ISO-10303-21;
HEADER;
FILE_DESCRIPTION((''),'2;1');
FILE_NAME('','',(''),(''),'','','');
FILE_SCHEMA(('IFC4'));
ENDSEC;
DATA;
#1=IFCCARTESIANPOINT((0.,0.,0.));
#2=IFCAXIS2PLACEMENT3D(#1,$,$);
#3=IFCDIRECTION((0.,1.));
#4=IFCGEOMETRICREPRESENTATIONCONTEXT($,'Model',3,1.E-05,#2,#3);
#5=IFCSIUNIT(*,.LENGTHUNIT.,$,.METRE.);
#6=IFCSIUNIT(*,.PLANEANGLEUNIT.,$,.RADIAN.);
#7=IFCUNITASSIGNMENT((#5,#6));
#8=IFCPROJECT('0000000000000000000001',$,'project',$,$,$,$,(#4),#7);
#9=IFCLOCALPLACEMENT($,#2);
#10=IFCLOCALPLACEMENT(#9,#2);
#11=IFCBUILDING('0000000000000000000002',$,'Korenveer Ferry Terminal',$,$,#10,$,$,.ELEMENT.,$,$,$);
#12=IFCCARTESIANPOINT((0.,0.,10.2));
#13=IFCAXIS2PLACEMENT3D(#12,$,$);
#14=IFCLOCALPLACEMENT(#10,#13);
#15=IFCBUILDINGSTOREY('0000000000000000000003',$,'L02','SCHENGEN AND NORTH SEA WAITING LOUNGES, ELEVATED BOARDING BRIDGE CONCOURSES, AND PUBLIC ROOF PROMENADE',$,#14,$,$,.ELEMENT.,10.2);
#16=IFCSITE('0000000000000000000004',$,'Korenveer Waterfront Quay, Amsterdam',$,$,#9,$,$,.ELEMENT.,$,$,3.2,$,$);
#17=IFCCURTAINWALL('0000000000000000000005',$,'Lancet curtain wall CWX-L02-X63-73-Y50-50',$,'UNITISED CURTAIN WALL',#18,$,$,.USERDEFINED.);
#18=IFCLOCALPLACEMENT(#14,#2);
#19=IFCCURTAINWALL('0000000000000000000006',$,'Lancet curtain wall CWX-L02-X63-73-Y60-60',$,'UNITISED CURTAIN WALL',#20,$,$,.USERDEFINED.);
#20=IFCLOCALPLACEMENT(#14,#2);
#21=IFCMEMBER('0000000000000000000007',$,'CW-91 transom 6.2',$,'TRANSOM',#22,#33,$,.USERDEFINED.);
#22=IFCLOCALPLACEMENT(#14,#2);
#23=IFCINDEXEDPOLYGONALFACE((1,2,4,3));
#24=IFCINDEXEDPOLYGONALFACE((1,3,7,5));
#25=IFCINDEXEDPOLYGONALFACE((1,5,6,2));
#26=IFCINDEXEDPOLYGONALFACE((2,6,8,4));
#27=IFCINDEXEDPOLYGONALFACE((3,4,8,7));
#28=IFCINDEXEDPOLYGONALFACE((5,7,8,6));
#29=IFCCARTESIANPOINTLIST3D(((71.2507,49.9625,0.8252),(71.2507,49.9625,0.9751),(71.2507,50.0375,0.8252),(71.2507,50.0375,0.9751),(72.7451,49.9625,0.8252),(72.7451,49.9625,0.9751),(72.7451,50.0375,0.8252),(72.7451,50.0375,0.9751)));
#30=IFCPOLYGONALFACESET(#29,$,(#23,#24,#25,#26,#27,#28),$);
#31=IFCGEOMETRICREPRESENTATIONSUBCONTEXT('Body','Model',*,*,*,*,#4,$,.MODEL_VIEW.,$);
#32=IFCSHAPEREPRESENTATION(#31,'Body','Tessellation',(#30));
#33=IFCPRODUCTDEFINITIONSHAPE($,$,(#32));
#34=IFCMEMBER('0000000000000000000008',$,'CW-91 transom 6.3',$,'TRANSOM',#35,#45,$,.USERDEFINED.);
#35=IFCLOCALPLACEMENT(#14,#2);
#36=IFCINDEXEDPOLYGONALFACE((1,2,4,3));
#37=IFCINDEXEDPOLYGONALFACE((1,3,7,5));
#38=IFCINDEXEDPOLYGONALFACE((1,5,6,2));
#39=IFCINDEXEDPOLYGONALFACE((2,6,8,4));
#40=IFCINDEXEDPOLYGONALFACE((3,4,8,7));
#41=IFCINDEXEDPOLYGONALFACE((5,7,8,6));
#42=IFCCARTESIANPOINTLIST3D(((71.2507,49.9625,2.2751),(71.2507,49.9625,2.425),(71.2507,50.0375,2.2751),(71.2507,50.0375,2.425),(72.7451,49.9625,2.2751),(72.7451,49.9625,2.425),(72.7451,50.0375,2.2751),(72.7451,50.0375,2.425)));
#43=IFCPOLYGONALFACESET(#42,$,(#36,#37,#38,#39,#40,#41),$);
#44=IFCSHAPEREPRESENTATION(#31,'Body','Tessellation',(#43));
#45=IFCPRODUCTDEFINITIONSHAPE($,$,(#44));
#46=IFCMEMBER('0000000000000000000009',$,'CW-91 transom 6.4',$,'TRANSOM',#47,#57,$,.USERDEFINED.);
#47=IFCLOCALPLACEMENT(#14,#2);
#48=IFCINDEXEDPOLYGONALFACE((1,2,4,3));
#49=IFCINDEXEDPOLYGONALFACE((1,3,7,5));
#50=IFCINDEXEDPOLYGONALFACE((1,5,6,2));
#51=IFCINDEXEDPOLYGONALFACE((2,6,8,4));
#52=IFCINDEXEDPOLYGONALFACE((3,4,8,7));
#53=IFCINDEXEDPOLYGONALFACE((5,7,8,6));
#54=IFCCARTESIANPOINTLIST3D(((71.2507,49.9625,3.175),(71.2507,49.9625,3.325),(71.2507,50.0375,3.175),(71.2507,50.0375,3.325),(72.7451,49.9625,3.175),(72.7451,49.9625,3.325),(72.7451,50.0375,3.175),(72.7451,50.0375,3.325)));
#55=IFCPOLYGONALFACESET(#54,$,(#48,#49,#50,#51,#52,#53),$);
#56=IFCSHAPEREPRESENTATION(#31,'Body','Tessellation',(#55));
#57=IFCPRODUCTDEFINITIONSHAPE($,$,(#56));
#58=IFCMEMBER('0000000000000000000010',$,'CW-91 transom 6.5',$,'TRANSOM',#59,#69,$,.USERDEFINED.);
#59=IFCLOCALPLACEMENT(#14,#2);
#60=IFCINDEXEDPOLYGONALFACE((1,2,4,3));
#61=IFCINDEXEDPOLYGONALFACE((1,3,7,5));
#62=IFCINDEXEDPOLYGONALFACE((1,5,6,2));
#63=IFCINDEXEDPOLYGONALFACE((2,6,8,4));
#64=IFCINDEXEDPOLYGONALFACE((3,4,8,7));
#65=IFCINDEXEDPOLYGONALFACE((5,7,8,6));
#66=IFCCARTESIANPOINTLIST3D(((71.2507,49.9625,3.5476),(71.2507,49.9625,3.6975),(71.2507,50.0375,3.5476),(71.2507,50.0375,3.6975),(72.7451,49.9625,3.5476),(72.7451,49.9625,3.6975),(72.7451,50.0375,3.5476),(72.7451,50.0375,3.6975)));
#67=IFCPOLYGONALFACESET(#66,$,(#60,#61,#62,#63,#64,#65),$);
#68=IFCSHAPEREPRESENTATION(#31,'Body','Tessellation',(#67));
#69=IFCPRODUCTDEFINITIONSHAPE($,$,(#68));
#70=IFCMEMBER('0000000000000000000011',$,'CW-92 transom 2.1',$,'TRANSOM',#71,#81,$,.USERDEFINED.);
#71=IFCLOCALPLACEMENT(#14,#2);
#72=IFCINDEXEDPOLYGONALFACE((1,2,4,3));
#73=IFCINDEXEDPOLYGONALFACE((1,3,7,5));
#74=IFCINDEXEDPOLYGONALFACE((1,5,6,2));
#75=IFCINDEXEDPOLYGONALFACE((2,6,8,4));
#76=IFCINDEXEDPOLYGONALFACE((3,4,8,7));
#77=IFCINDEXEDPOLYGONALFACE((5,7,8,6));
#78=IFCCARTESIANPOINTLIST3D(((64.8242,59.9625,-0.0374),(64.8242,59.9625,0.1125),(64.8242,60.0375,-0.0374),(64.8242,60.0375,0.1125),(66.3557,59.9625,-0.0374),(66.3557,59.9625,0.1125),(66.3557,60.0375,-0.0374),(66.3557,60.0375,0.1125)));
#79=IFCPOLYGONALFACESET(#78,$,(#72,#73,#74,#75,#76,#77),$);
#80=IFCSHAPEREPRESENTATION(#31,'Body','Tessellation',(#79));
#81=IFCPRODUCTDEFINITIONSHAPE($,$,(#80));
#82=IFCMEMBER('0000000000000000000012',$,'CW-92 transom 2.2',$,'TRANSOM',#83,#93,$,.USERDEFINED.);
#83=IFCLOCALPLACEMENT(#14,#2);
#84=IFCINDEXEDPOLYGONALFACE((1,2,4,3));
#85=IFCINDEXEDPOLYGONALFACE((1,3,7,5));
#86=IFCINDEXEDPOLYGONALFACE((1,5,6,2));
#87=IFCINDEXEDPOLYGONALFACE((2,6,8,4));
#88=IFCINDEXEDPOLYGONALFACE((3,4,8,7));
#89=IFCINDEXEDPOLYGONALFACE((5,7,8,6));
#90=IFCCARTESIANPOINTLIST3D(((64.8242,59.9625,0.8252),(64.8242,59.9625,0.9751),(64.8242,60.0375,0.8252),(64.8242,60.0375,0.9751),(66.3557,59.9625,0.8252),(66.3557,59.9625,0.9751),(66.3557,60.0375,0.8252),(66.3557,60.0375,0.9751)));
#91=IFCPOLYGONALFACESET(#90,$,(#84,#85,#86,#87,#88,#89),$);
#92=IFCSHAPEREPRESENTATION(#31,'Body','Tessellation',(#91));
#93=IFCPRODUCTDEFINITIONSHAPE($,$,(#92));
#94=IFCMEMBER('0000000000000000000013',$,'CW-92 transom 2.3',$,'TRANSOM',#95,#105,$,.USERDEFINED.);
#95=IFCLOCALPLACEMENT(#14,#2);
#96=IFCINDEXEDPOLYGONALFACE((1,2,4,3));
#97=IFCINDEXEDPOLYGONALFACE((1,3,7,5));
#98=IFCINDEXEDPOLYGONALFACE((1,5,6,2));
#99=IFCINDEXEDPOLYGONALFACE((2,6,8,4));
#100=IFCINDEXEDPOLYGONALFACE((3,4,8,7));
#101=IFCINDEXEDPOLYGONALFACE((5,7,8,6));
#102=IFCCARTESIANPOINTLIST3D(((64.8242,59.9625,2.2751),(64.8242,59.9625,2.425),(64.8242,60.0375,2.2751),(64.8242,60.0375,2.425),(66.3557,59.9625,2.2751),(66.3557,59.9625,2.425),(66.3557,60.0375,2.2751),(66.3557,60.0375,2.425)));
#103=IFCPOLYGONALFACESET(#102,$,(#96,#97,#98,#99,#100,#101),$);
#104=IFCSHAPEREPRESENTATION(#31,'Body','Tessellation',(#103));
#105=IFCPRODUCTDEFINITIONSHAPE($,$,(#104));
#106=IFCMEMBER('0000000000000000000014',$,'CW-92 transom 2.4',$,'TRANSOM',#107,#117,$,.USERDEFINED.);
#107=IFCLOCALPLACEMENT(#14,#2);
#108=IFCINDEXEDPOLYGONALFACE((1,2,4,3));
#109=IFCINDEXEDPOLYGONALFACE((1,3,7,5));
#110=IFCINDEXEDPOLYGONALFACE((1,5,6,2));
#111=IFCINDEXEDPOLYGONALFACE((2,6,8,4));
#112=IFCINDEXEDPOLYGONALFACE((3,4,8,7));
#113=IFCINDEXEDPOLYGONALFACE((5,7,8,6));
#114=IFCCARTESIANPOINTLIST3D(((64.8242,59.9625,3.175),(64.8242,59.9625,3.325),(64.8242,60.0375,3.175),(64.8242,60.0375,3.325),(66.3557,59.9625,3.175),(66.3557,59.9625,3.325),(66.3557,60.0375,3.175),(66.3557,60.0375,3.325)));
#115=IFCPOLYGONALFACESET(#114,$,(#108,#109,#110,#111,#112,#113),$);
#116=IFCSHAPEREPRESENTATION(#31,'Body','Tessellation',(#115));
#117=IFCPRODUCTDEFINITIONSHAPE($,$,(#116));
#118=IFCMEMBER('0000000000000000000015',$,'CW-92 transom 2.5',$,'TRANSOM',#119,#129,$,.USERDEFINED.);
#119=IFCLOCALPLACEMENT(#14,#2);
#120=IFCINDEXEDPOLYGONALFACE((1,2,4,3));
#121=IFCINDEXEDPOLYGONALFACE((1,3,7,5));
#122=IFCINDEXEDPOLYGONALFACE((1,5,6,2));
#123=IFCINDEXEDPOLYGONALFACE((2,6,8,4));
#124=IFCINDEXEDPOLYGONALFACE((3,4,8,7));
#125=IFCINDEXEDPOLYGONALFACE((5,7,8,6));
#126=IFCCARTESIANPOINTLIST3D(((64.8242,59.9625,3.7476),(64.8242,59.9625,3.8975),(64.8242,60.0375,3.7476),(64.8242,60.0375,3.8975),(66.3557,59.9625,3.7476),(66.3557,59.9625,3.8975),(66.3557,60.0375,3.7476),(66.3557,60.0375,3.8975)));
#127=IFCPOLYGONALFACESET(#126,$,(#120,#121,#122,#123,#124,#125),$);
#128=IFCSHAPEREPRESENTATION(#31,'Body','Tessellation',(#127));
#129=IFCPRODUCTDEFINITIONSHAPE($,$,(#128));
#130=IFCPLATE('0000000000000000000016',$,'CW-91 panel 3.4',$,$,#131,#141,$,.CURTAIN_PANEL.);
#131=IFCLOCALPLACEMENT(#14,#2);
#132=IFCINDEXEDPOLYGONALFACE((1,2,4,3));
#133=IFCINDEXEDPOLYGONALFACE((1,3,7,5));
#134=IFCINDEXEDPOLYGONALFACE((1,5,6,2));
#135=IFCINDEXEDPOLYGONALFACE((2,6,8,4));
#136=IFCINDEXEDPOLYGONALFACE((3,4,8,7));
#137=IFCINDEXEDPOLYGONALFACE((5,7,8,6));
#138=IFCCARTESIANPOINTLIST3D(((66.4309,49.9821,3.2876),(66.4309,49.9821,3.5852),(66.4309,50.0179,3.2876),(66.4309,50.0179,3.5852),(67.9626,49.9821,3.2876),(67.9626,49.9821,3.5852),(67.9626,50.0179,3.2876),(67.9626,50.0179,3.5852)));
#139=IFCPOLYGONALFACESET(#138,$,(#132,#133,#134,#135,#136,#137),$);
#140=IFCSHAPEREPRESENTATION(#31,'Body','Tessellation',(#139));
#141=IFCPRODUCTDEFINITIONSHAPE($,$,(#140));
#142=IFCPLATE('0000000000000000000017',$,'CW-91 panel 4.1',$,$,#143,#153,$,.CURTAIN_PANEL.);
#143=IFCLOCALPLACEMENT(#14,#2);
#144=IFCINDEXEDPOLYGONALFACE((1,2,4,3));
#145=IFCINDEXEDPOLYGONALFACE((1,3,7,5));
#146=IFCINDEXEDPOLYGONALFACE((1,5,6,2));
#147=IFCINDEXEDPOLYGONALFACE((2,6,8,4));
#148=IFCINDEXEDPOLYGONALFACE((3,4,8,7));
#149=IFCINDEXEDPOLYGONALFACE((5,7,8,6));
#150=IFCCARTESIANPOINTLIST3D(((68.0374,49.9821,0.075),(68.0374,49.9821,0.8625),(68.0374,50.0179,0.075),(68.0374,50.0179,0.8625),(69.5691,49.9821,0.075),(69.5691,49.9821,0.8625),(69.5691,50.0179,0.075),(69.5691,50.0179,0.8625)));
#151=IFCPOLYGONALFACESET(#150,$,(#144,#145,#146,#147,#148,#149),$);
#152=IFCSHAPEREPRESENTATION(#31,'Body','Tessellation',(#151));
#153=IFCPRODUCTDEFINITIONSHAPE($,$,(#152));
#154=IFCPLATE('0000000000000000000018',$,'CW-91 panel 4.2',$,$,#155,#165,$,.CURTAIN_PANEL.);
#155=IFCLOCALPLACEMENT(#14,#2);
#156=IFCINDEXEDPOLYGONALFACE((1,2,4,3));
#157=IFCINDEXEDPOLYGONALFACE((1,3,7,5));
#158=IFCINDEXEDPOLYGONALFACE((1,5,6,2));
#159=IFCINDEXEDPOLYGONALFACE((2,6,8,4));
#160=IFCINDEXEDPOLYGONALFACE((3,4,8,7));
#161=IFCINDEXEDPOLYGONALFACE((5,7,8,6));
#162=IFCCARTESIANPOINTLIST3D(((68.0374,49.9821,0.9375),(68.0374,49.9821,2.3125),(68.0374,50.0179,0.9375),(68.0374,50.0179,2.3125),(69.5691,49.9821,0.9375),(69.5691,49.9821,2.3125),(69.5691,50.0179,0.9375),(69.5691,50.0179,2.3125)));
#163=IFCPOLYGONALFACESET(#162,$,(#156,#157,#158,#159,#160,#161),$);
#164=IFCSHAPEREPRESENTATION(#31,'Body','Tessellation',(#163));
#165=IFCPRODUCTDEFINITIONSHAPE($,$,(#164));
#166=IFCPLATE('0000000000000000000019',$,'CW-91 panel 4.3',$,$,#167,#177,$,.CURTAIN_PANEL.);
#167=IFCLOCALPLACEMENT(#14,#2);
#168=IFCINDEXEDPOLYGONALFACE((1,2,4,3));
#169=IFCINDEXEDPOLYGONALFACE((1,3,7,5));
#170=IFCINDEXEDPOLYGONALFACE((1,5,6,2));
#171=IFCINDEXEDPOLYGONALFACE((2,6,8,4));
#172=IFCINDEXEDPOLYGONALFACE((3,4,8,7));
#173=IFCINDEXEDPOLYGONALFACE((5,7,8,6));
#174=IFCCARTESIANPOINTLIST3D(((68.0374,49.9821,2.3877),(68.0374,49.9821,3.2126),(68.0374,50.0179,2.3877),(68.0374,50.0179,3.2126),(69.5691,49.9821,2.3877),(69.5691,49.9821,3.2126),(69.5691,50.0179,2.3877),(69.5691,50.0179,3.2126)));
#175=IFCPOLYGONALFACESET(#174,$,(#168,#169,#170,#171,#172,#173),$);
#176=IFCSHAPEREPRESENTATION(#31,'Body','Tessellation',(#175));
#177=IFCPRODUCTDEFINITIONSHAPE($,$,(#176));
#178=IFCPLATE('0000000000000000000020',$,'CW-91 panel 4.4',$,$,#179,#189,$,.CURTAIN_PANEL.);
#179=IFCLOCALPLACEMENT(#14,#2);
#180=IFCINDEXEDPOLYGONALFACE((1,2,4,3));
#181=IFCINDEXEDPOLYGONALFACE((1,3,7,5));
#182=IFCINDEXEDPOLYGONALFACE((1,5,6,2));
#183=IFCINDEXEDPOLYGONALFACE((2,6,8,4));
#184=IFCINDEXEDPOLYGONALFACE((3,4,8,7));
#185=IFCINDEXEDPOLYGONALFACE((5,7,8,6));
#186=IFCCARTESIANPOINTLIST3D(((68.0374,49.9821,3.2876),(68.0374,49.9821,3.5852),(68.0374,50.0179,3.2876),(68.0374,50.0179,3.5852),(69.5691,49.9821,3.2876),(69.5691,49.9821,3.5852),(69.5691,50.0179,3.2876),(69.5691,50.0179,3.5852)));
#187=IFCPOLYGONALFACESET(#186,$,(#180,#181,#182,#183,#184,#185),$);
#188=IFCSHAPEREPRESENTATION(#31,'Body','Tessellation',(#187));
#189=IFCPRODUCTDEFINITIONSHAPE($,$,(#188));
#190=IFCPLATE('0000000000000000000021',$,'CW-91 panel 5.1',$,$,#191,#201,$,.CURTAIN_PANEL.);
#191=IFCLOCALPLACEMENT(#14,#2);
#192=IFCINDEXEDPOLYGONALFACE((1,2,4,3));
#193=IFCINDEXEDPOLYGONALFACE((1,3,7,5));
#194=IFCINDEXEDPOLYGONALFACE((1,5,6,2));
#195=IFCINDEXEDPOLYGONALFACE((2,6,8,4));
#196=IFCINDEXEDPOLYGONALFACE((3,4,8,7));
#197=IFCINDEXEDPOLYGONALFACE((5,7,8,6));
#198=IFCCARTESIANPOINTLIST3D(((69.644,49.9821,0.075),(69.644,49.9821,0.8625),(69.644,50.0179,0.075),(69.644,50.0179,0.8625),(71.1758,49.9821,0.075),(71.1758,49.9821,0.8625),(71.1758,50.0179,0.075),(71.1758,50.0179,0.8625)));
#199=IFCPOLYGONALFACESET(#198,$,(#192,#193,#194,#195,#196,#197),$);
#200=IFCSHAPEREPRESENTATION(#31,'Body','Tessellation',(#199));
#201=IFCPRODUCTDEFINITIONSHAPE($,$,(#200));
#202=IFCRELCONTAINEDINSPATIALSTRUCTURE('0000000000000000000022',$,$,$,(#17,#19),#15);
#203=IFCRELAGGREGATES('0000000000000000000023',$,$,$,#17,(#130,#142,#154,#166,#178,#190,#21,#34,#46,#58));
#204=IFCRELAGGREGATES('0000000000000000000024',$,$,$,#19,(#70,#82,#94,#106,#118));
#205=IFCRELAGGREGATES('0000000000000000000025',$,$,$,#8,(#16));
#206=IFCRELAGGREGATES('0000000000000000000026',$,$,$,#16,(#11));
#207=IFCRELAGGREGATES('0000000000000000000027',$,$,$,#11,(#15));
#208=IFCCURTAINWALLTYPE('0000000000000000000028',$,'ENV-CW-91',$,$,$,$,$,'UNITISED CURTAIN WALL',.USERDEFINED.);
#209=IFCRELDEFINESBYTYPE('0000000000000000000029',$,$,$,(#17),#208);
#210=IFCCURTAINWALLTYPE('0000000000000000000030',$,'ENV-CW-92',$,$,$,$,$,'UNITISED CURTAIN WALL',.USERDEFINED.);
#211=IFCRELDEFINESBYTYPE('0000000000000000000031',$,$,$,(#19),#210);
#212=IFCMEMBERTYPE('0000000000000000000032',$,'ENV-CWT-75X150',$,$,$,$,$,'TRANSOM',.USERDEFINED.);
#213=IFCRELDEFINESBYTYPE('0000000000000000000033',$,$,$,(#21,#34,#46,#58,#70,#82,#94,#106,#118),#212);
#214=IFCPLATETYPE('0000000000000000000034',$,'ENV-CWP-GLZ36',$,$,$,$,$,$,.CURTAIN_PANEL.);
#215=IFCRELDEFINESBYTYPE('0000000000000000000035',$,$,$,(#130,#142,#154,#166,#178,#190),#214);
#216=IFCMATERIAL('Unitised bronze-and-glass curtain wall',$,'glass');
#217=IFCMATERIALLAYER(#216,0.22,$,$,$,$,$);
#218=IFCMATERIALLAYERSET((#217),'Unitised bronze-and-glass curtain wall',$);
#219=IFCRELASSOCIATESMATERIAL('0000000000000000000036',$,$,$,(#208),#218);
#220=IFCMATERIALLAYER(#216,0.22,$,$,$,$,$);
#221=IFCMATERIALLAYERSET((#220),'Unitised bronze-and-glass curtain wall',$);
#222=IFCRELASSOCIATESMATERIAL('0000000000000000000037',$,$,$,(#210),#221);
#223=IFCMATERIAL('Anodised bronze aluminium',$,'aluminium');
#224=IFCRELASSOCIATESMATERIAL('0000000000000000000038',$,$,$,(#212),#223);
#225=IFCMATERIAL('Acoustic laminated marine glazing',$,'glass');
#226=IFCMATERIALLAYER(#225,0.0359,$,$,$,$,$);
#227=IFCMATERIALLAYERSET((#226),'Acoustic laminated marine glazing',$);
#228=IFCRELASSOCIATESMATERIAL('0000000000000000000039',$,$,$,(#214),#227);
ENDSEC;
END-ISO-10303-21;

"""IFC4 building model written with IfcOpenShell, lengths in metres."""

from ifc_helpers import new_model, si_unit, direction, frame, origin, origin_2d, place, context, subcontext, project, spatial, rectangle, extrude, material, layer, layer_set, material_profile, profile_set, type_object, element, aggregate, save


model = new_model("IFC4")

# Units and contexts
model_context = context("Model", 3, precision=1e-05, world=origin(), true_north=direction((0.0, 1.0)))
body_context = subcontext(model_context, "Body", "Model", "MODEL_VIEW")
ifc_project = project(units=[si_unit("LENGTHUNIT", "METRE"), si_unit("PLANEANGLEUNIT", "RADIAN")], contexts=[model_context])

# Site, building, storey
site_placement = place(None, origin())
site = spatial("IfcSite", under=ifc_project, at=site_placement, Name="Korenveer Waterfront Quay, Amsterdam", CompositionType="ELEMENT", RefElevation=3.2)
building_placement = place(site_placement, origin())
building = spatial("IfcBuilding", under=site, at=building_placement, Name="Korenveer Ferry Terminal", CompositionType="ELEMENT")
storey_placement = place(building_placement, frame((0.0, 0.0, 10.2)))
storey = spatial("IfcBuildingStorey", under=building, at=storey_placement, Name="L02", Description="SCHENGEN AND NORTH SEA WAITING LOUNGES, ELEVATED BOARDING BRIDGE CONCOURSES, AND PUBLIC ROOF PROMENADE", CompositionType="ELEMENT", Elevation=10.2)

# Curtain wall
ifc_material_1 = material(Name="Unitised bronze-and-glass curtain wall", Category="glass")
ifc_layer_1 = layer(ifc_material_1, 0.22)
ifc_layer_set_1 = layer_set([ifc_layer_1], Name="Unitised bronze-and-glass curtain wall")
curtain_wall_type_1 = type_object("IfcCurtainWallType", Name="ENV-CW-91", ElementType="UNITISED CURTAIN WALL", PredefinedType="USERDEFINED", material=ifc_layer_set_1)
curtain_wall_1_placement = place(storey_placement, frame((63.1799, 50.0, 0.0)))
curtain_wall_1 = element("IfcCurtainWall", 1, at=curtain_wall_1_placement, inside=storey, type_object=curtain_wall_type_1, Name="Lancet curtain wall CWX-L02-X63-73-Y50-50", ObjectType="UNITISED CURTAIN WALL", PredefinedType="USERDEFINED")
ifc_material_2 = material(Name="Anodised bronze aluminium", Category="aluminium")

# Curtain wall
ifc_layer_2 = layer(ifc_material_1, 0.22)
ifc_layer_set_2 = layer_set([ifc_layer_2], Name="Unitised bronze-and-glass curtain wall")
curtain_wall_type_2 = type_object("IfcCurtainWallType", Name="ENV-CW-92", ElementType="UNITISED CURTAIN WALL", PredefinedType="USERDEFINED", material=ifc_layer_set_2)
curtain_wall_2_placement = place(storey_placement, frame((63.1799, 60.0, 0.0)))
curtain_wall_2 = element("IfcCurtainWall", 2, at=curtain_wall_2_placement, inside=storey, type_object=curtain_wall_type_2, Name="Lancet curtain wall CWX-L02-X63-73-Y60-60", ObjectType="UNITISED CURTAIN WALL", PredefinedType="USERDEFINED")

# Members
ifc_material_profile_1 = material_profile(ifc_material_2, rectangle(XDim=0.075, YDim=0.1499, at=origin_2d()), Name="ALU 75x150")
ifc_profile_set_1 = profile_set([ifc_material_profile_1], Name="Anodised bronze aluminium")
member_type_1 = type_object("IfcMemberType", Name="ENV-CWT-75X150", ElementType="TRANSOM", PredefinedType="USERDEFINED", material=ifc_profile_set_1)
member_1_placement = place(storey_placement, frame((71.2507, 50.0, 0.9001), z_axis=(1.0, 0.0, 0.0), x_axis=(0.0, 1.0, 0.0)))
member_1 = element("IfcMember", 3, at=member_1_placement, type_object=member_type_1, Name="CW-91 transom 6.2", ObjectType="TRANSOM", PredefinedType="USERDEFINED", context=body_context, shape_type="SweptSolid", body=[
    extrude(rectangle(XDim=0.075, YDim=0.1499, at=origin_2d()), origin(), (0.0, 0.0, 1.0), 1.4944),
])
member_2_placement = place(storey_placement, frame((71.2507, 50.0, 2.3501), z_axis=(1.0, 0.0, 0.0), x_axis=(0.0, 1.0, 0.0)))
member_2 = element("IfcMember", 4, at=member_2_placement, type_object=member_type_1, Name="CW-91 transom 6.3", ObjectType="TRANSOM", PredefinedType="USERDEFINED", context=body_context, shape_type="SweptSolid", body=[
    extrude(rectangle(XDim=0.075, YDim=0.1499, at=origin_2d()), origin(), (0.0, 0.0, 1.0), 1.4944),
])
member_3_placement = place(storey_placement, frame((71.2507, 50.0, 3.25), z_axis=(1.0, 0.0, 0.0), x_axis=(0.0, 1.0, 0.0)))
member_3 = element("IfcMember", 5, at=member_3_placement, type_object=member_type_1, Name="CW-91 transom 6.4", ObjectType="TRANSOM", PredefinedType="USERDEFINED", context=body_context, shape_type="SweptSolid", body=[
    extrude(rectangle(XDim=0.075, YDim=0.1499, at=origin_2d()), origin(), (0.0, 0.0, 1.0), 1.4944),
])
member_4_placement = place(storey_placement, frame((71.2507, 50.0, 3.6226), z_axis=(1.0, 0.0, 0.0), x_axis=(0.0, 1.0, 0.0)))
member_4 = element("IfcMember", 6, at=member_4_placement, type_object=member_type_1, Name="CW-91 transom 6.5", ObjectType="TRANSOM", PredefinedType="USERDEFINED", context=body_context, shape_type="SweptSolid", body=[
    extrude(rectangle(XDim=0.075, YDim=0.1499, at=origin_2d()), origin(), (0.0, 0.0, 1.0), 1.4944),
])
member_5_placement = place(storey_placement, frame((64.8242, 60.0, 0.0376), z_axis=(1.0, 0.0, 0.0), x_axis=(0.0, 1.0, 0.0)))
member_5 = element("IfcMember", 7, at=member_5_placement, type_object=member_type_1, Name="CW-92 transom 2.1", ObjectType="TRANSOM", PredefinedType="USERDEFINED", context=body_context, shape_type="SweptSolid", body=[
    extrude(rectangle(XDim=0.075, YDim=0.1499, at=origin_2d()), origin(), (0.0, 0.0, 1.0), 1.5315),
])
member_6_placement = place(storey_placement, frame((64.8242, 60.0, 0.9001), z_axis=(1.0, 0.0, 0.0), x_axis=(0.0, 1.0, 0.0)))
member_6 = element("IfcMember", 8, at=member_6_placement, type_object=member_type_1, Name="CW-92 transom 2.2", ObjectType="TRANSOM", PredefinedType="USERDEFINED", context=body_context, shape_type="SweptSolid", body=[
    extrude(rectangle(XDim=0.075, YDim=0.1499, at=origin_2d()), origin(), (0.0, 0.0, 1.0), 1.5315),
])
member_7_placement = place(storey_placement, frame((64.8242, 60.0, 2.3501), z_axis=(1.0, 0.0, 0.0), x_axis=(0.0, 1.0, 0.0)))
member_7 = element("IfcMember", 9, at=member_7_placement, type_object=member_type_1, Name="CW-92 transom 2.3", ObjectType="TRANSOM", PredefinedType="USERDEFINED", context=body_context, shape_type="SweptSolid", body=[
    extrude(rectangle(XDim=0.075, YDim=0.1499, at=origin_2d()), origin(), (0.0, 0.0, 1.0), 1.5315),
])
member_8_placement = place(storey_placement, frame((64.8242, 60.0, 3.25), z_axis=(1.0, 0.0, 0.0), x_axis=(0.0, 1.0, 0.0)))
member_8 = element("IfcMember", 10, at=member_8_placement, type_object=member_type_1, Name="CW-92 transom 2.4", ObjectType="TRANSOM", PredefinedType="USERDEFINED", context=body_context, shape_type="SweptSolid", body=[
    extrude(rectangle(XDim=0.075, YDim=0.1499, at=origin_2d()), origin(), (0.0, 0.0, 1.0), 1.5315),
])
member_9_placement = place(storey_placement, frame((64.8242, 60.0, 3.8225), z_axis=(1.0, 0.0, 0.0), x_axis=(0.0, 1.0, 0.0)))
member_9 = element("IfcMember", 11, at=member_9_placement, type_object=member_type_1, Name="CW-92 transom 2.5", ObjectType="TRANSOM", PredefinedType="USERDEFINED", context=body_context, shape_type="SweptSolid", body=[
    extrude(rectangle(XDim=0.075, YDim=0.1499, at=origin_2d()), origin(), (0.0, 0.0, 1.0), 1.5315),
])

# Plates
ifc_material_3 = material(Name="Acoustic laminated marine glazing", Category="glass")
ifc_layer_3 = layer(ifc_material_3, 0.0359)
ifc_layer_set_3 = layer_set([ifc_layer_3], Name="Acoustic laminated marine glazing")
plate_type = type_object("IfcPlateType", Name="ENV-CWP-GLZ36", PredefinedType="CURTAIN_PANEL", material=ifc_layer_set_3)
plate_1_placement = place(storey_placement, frame((67.1968, 50.0, 3.2876), z_axis=(0.0, 0.0, 1.0), x_axis=(1.0, 0.0, 0.0)))
plate_1 = element("IfcPlate", 12, at=plate_1_placement, type_object=plate_type, Name="CW-91 panel 3.4", PredefinedType="CURTAIN_PANEL", context=body_context, shape_type="SweptSolid", body=[
    extrude(rectangle(XDim=1.5317, YDim=0.0359, at=origin_2d()), origin(), (0.0, 0.0, 1.0), 0.2976),
])
plate_2_placement = place(storey_placement, frame((68.8032, 50.0, 0.075), z_axis=(0.0, 0.0, 1.0), x_axis=(1.0, 0.0, 0.0)))
plate_2 = element("IfcPlate", 13, at=plate_2_placement, type_object=plate_type, Name="CW-91 panel 4.1", PredefinedType="CURTAIN_PANEL", context=body_context, shape_type="SweptSolid", body=[
    extrude(rectangle(XDim=1.5317, YDim=0.0359, at=origin_2d()), origin(), (0.0, 0.0, 1.0), 0.7876),
])
plate_3_placement = place(storey_placement, frame((68.8032, 50.0, 0.9375), z_axis=(0.0, 0.0, 1.0), x_axis=(1.0, 0.0, 0.0)))
plate_3 = element("IfcPlate", 14, at=plate_3_placement, type_object=plate_type, Name="CW-91 panel 4.2", PredefinedType="CURTAIN_PANEL", context=body_context, shape_type="SweptSolid", body=[
    extrude(rectangle(XDim=1.5317, YDim=0.0359, at=origin_2d()), origin(), (0.0, 0.0, 1.0), 1.375),
])
plate_4_placement = place(storey_placement, frame((68.8032, 50.0, 2.3877), z_axis=(0.0, 0.0, 1.0), x_axis=(1.0, 0.0, 0.0)))
plate_4 = element("IfcPlate", 15, at=plate_4_placement, type_object=plate_type, Name="CW-91 panel 4.3", PredefinedType="CURTAIN_PANEL", context=body_context, shape_type="SweptSolid", body=[
    extrude(rectangle(XDim=1.5317, YDim=0.0359, at=origin_2d()), origin(), (0.0, 0.0, 1.0), 0.825),
])
plate_5_placement = place(storey_placement, frame((68.8032, 50.0, 3.2876), z_axis=(0.0, 0.0, 1.0), x_axis=(1.0, 0.0, 0.0)))
plate_5 = element("IfcPlate", 16, at=plate_5_placement, type_object=plate_type, Name="CW-91 panel 4.4", PredefinedType="CURTAIN_PANEL", context=body_context, shape_type="SweptSolid", body=[
    extrude(rectangle(XDim=1.5317, YDim=0.0359, at=origin_2d()), origin(), (0.0, 0.0, 1.0), 0.2976),
])
plate_6_placement = place(storey_placement, frame((70.4099, 50.0, 0.075), z_axis=(0.0, 0.0, 1.0), x_axis=(1.0, 0.0, 0.0)))
plate_6 = element("IfcPlate", 17, at=plate_6_placement, type_object=plate_type, Name="CW-91 panel 5.1", PredefinedType="CURTAIN_PANEL", context=body_context, shape_type="SweptSolid", body=[
    extrude(rectangle(XDim=1.5317, YDim=0.0359, at=origin_2d()), origin(), (0.0, 0.0, 1.0), 0.7876),
])
aggregate(curtain_wall_1, [plate_1, plate_2, plate_3, plate_4, plate_5, plate_6, member_1, member_2, member_3, member_4])
aggregate(curtain_wall_2, [member_5, member_6, member_7, member_8, member_9])

save(model, "model.ifc")
